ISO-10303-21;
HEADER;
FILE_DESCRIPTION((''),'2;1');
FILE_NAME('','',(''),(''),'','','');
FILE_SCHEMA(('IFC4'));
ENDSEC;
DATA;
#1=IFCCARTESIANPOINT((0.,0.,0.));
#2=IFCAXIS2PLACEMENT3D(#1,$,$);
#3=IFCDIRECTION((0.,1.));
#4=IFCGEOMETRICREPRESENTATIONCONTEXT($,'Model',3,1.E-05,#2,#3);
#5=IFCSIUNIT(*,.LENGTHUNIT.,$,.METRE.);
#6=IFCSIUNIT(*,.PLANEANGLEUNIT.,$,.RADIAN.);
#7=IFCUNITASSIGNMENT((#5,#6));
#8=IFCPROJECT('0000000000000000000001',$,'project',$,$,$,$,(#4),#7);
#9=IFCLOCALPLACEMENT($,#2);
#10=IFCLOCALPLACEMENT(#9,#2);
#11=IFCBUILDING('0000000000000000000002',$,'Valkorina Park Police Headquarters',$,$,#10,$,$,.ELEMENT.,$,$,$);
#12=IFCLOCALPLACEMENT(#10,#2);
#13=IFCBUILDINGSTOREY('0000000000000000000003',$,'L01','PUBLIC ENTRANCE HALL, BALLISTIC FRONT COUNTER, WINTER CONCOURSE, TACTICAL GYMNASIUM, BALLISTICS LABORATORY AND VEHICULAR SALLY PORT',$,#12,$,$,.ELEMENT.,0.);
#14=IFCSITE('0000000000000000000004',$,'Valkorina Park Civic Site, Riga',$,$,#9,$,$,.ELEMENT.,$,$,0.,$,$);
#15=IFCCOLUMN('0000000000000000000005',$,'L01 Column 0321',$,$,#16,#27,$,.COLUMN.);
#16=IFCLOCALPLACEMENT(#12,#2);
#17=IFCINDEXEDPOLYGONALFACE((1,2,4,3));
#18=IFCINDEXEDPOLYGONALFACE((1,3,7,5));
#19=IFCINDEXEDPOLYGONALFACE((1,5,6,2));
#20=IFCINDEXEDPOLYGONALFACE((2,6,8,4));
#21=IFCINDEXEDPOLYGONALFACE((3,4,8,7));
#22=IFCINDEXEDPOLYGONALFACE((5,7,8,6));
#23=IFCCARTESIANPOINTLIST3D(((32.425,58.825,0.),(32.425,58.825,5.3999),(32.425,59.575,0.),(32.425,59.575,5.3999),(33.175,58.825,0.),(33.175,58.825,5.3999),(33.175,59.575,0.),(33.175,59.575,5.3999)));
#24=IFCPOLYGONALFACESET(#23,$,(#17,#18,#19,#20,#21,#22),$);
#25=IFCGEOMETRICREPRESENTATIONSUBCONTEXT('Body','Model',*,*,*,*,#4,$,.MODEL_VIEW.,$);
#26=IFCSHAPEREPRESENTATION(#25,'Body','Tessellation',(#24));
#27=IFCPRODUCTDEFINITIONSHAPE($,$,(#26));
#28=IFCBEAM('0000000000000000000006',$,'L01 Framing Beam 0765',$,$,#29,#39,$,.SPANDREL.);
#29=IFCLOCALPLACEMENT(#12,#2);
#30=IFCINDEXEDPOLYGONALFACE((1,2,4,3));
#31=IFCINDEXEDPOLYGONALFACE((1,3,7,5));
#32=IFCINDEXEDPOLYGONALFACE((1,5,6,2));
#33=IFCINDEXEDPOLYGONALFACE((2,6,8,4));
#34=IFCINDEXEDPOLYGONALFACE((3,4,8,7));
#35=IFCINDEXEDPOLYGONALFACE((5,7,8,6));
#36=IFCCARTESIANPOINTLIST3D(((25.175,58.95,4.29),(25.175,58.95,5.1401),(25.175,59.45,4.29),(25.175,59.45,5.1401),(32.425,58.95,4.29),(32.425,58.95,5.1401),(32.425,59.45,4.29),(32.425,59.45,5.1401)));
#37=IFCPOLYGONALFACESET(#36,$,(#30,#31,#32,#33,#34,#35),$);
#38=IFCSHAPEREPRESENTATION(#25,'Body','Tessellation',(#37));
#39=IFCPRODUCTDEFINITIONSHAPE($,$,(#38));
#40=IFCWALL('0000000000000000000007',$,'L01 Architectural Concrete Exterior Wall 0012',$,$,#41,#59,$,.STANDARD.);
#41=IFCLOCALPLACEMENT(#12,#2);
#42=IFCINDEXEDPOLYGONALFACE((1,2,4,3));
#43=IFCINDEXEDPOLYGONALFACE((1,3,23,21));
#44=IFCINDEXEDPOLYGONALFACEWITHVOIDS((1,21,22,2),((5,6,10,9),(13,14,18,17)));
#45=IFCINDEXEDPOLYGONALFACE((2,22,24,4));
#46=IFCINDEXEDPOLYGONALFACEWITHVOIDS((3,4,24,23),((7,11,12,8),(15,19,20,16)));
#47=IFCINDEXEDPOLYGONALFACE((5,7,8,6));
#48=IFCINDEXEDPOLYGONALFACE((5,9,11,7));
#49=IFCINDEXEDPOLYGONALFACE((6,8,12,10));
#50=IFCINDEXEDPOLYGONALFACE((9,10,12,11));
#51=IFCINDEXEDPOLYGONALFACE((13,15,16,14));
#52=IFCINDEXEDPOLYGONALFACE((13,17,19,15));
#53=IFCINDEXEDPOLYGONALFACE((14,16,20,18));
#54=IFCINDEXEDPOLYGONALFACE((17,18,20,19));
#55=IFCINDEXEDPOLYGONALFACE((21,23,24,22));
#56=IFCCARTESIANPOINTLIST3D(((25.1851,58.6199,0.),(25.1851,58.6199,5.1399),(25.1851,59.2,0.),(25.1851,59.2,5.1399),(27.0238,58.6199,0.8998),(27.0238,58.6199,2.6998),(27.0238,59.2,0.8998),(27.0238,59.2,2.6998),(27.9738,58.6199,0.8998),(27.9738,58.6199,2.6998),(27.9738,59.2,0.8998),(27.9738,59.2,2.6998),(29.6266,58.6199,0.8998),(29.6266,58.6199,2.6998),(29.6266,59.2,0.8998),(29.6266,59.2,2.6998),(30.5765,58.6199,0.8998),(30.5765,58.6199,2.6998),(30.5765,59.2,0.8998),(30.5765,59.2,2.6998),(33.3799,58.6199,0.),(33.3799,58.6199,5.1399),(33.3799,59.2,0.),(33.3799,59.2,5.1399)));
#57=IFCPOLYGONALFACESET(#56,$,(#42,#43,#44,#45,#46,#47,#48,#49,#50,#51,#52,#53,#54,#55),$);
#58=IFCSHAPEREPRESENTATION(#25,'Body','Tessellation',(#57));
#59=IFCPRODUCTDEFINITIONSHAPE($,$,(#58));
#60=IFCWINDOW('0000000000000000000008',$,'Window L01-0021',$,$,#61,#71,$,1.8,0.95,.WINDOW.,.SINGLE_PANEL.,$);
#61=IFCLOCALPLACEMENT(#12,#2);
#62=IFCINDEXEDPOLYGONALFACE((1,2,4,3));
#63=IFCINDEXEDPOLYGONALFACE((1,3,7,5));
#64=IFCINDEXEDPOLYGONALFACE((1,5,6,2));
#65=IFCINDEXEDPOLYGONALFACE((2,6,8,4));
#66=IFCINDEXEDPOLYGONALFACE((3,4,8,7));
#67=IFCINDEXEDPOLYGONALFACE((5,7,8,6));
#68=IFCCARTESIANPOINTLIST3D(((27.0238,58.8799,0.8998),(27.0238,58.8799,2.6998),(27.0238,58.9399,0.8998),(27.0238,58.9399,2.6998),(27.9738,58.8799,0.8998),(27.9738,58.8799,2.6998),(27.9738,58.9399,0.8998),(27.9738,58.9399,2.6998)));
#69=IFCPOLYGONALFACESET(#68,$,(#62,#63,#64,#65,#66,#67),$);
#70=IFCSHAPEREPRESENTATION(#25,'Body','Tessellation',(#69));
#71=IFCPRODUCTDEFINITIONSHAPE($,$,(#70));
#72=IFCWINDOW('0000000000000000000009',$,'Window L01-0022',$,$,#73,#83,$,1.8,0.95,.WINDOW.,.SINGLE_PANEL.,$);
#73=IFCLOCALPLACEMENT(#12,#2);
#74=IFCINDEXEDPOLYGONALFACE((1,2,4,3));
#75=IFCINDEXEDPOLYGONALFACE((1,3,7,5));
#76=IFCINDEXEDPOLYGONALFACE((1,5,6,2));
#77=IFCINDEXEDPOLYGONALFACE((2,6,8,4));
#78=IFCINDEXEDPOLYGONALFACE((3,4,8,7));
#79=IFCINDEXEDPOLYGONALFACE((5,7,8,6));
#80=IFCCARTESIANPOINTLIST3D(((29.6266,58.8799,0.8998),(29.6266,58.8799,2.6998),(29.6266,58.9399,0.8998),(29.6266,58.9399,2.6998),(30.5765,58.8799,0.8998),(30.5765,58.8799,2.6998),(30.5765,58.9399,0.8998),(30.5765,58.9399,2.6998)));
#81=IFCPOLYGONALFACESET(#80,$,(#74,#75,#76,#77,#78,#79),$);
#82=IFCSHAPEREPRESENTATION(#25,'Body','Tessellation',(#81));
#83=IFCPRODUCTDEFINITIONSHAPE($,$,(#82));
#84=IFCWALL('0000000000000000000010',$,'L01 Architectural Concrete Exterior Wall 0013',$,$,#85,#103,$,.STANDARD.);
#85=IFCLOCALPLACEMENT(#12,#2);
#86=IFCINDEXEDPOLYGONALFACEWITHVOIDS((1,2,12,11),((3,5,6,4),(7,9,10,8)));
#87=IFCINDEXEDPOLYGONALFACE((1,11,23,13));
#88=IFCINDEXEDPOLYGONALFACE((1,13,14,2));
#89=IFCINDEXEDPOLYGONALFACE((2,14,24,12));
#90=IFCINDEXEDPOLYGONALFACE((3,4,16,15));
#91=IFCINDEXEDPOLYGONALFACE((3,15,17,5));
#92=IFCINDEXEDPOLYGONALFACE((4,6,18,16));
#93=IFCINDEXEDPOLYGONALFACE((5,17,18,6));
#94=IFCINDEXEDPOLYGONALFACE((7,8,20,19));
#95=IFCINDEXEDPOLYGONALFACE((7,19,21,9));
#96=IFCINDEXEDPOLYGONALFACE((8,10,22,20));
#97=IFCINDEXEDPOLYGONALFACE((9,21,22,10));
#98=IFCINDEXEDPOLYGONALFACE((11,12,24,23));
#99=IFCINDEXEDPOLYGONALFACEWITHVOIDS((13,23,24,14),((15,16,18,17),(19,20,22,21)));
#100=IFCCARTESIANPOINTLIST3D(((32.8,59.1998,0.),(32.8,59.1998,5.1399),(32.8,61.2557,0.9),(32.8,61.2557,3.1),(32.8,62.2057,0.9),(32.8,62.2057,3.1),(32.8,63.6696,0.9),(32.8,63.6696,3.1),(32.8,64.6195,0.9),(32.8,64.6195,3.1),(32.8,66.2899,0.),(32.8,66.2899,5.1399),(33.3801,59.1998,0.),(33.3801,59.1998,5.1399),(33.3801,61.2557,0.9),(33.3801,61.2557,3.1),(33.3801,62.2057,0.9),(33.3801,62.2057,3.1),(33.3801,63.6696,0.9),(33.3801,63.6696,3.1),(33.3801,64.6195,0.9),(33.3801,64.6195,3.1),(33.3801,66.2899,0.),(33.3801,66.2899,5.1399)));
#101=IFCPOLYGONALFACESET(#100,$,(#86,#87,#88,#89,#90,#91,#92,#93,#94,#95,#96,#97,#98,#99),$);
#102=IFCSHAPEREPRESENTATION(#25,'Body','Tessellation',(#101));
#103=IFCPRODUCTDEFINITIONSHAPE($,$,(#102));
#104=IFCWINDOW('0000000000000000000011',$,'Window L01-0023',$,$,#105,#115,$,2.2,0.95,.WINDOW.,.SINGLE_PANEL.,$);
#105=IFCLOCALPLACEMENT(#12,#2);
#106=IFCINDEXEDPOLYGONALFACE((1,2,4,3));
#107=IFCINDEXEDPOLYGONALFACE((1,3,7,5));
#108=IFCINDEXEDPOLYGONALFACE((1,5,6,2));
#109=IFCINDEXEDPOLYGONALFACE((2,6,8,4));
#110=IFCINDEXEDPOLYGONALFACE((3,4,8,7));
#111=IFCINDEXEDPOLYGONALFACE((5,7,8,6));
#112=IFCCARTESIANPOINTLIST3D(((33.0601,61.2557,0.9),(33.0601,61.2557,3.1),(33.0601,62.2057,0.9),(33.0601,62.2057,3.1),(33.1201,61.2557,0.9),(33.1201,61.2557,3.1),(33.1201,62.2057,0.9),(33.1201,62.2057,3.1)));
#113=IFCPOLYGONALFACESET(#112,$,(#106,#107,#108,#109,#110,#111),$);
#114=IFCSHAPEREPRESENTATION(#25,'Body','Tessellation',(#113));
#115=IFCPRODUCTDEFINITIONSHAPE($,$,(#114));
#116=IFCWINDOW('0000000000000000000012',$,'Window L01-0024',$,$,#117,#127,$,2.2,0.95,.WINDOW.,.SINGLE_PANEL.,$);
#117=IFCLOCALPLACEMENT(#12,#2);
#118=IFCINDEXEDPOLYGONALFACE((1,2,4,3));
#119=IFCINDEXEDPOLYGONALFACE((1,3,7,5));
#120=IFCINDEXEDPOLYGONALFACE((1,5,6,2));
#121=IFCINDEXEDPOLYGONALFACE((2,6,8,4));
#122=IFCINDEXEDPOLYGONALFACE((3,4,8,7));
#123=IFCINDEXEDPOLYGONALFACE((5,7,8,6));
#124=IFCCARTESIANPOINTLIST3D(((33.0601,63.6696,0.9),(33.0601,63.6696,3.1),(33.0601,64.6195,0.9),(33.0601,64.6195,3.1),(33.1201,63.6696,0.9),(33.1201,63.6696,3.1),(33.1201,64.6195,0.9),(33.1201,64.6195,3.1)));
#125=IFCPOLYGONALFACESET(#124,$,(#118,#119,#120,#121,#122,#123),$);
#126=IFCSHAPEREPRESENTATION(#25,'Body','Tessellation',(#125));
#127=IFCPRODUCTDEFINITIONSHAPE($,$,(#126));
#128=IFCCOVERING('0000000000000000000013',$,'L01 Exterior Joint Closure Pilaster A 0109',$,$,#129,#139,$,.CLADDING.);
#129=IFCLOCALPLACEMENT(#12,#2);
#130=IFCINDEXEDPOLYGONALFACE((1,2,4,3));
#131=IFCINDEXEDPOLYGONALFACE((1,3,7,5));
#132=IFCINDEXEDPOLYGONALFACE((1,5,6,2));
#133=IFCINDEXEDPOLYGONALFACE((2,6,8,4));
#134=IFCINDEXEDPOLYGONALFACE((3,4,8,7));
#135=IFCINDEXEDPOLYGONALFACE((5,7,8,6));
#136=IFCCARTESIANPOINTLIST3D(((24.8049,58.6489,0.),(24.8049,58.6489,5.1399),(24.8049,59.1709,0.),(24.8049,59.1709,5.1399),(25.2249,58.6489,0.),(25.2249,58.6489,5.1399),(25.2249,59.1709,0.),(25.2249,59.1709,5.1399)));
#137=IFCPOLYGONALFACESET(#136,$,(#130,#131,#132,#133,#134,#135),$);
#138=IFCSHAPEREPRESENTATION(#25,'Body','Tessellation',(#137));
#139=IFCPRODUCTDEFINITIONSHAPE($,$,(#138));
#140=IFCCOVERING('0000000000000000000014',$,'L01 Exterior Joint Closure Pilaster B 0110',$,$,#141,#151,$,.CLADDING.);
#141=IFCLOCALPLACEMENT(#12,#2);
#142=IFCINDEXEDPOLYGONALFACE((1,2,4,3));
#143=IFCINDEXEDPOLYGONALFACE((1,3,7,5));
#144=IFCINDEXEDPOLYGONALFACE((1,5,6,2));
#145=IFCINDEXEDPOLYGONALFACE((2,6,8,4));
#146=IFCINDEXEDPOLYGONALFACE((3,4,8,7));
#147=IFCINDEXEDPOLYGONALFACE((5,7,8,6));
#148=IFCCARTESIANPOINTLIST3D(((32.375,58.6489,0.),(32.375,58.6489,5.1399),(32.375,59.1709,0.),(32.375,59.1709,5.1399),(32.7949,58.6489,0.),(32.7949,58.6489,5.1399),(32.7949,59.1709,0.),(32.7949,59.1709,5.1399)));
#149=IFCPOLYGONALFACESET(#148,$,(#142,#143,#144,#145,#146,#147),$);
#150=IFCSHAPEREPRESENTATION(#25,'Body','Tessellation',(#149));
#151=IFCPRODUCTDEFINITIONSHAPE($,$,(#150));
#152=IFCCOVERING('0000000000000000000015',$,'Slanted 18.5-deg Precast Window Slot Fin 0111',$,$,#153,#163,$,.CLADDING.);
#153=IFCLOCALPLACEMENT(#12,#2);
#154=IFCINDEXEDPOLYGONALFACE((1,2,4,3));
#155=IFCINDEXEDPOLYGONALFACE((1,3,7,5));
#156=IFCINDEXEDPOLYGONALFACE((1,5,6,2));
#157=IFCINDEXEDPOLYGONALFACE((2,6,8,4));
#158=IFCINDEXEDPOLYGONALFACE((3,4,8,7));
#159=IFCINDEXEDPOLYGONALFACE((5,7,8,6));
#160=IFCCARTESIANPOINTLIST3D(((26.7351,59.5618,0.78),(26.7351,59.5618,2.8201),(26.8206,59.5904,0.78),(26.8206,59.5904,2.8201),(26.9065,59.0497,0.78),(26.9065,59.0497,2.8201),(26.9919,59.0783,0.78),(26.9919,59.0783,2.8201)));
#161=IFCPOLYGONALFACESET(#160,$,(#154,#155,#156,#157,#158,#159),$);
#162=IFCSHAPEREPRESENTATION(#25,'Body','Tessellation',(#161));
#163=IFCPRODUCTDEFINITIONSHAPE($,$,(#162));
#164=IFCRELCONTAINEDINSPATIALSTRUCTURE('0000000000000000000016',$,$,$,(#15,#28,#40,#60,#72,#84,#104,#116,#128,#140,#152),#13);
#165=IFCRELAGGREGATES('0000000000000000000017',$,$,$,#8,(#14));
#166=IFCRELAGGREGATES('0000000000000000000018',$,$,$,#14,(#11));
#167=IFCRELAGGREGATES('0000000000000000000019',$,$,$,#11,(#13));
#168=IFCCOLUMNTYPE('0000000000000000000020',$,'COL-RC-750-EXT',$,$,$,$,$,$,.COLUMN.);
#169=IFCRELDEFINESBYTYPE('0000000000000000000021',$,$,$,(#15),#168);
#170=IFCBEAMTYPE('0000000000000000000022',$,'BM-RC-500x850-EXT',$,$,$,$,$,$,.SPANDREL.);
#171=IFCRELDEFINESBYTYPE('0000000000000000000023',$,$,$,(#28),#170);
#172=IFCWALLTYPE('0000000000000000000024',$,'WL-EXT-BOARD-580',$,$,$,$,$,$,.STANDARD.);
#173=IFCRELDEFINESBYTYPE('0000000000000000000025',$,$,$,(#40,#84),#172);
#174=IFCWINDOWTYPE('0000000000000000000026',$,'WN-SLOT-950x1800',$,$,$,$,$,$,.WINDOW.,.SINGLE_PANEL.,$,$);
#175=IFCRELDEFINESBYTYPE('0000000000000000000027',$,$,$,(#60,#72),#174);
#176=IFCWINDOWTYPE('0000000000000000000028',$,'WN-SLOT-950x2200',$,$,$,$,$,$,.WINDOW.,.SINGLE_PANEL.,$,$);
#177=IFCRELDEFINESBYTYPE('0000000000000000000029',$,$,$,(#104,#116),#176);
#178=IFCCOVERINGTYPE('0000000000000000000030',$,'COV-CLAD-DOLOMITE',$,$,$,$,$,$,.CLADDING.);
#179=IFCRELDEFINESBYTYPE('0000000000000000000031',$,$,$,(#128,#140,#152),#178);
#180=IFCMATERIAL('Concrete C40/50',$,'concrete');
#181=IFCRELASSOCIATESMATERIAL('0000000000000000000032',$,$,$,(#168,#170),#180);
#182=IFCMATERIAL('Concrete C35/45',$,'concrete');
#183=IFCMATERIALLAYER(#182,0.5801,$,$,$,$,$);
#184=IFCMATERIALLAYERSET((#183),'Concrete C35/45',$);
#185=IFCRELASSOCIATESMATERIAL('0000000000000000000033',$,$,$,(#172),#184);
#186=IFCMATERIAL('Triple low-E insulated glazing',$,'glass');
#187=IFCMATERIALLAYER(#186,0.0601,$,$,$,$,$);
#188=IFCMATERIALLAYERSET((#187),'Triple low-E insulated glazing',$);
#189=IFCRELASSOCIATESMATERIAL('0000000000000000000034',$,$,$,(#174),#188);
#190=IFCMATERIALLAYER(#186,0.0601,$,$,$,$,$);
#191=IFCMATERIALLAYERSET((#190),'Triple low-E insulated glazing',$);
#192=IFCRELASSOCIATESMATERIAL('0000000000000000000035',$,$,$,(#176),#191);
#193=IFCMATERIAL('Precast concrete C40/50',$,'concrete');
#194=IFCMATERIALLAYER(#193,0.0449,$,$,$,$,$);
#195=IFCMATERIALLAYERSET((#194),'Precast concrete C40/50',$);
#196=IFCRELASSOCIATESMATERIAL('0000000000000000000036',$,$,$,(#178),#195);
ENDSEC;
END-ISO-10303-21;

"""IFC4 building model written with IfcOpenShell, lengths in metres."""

from ifc_helpers import new_model, si_unit, direction, frame, frame_2d, origin, origin_2d, place, context, subcontext, project, spatial, rectangle, extrude, material, layer, layer_set, material_profile, profile_set, type_object, element, fill, save


model = new_model("IFC4")

# Units and contexts
model_context = context("Model", 3, precision=1e-05, world=origin(), true_north=direction((0.0, 1.0)))
body_context = subcontext(model_context, "Body", "Model", "MODEL_VIEW")
ifc_project = project(units=[si_unit("LENGTHUNIT", "METRE"), si_unit("PLANEANGLEUNIT", "RADIAN")], contexts=[model_context])

# Site, building, storey
site_placement = place(None, origin())
site = spatial("IfcSite", under=ifc_project, at=site_placement, Name="Valkorina Park Civic Site, Riga", CompositionType="ELEMENT", RefElevation=0.0)
building_placement = place(site_placement, origin())
building = spatial("IfcBuilding", under=site, at=building_placement, Name="Valkorina Park Police Headquarters", CompositionType="ELEMENT")
storey_placement = place(building_placement, origin())
storey = spatial("IfcBuildingStorey", under=building, at=storey_placement, Name="L01", Description="PUBLIC ENTRANCE HALL, BALLISTIC FRONT COUNTER, WINTER CONCOURSE, TACTICAL GYMNASIUM, BALLISTICS LABORATORY AND VEHICULAR SALLY PORT", CompositionType="ELEMENT", Elevation=0.0)

# Column
ifc_material_1 = material(Name="Concrete C40/50", Category="concrete")
ifc_material_profile_1 = material_profile(ifc_material_1, rectangle(XDim=0.75, YDim=0.75, at=origin_2d()), Name="RC COL 750x750")
ifc_profile_set_1 = profile_set([ifc_material_profile_1], Name="Concrete C40/50")
column_type = type_object("IfcColumnType", Name="COL-RC-750-EXT", PredefinedType="COLUMN", material=ifc_profile_set_1)
column_placement = place(storey_placement, frame((32.8, 59.2, 0.0), z_axis=(0.0, 0.0, 1.0), x_axis=(1.0, 0.0, 0.0)))
element("IfcColumn", 1, at=column_placement, inside=storey, type_object=column_type, Name="L01 Column 0321", PredefinedType="COLUMN", context=body_context, shape_type="SweptSolid", body=[
    extrude(rectangle(XDim=0.75, YDim=0.75, at=origin_2d()), origin(), (0.0, 0.0, 1.0), 5.3999),
])

# Beam
ifc_material_profile_2 = material_profile(ifc_material_1, rectangle(XDim=0.5, YDim=0.8501, at=origin_2d()), Name="RC BEAM 500x850")
ifc_profile_set_2 = profile_set([ifc_material_profile_2], Name="Concrete C40/50")
beam_type = type_object("IfcBeamType", Name="BM-RC-500x850-EXT", PredefinedType="SPANDREL", material=ifc_profile_set_2)
beam_placement = place(storey_placement, frame((25.175, 59.2, 4.7151), z_axis=(1.0, 0.0, 0.0), x_axis=(0.0, 1.0, 0.0)))
element("IfcBeam", 2, at=beam_placement, inside=storey, type_object=beam_type, Name="L01 Framing Beam 0765", PredefinedType="SPANDREL", context=body_context, shape_type="SweptSolid", body=[
    extrude(rectangle(XDim=0.5, YDim=0.8501, at=origin_2d()), origin(), (0.0, 0.0, 1.0), 7.25),
])

# Walls, openings, windows
ifc_material_2 = material(Name="Concrete C35/45", Category="concrete")
ifc_layer_1 = layer(ifc_material_2, 0.5801)
ifc_layer_set_1 = layer_set([ifc_layer_1], Name="Concrete C35/45")
wall_type = type_object("IfcWallType", Name="WL-EXT-BOARD-580", PredefinedType="STANDARD", material=ifc_layer_set_1)
wall_1_placement = place(storey_placement, frame((25.1851, 58.9099, 0.0), z_axis=(0.0, 0.0, 1.0), x_axis=(1.0, 0.0, 0.0)))
wall_1 = element("IfcWall", 3, at=wall_1_placement, inside=storey, type_object=wall_type, Name="L01 Architectural Concrete Exterior Wall 0012", PredefinedType="STANDARD", context=body_context, shape_type="SweptSolid", body=[
    extrude(rectangle(XDim=8.1948, YDim=0.5801, at=frame_2d((4.0974, 0.0))), origin(), (0.0, 0.0, 1.0), 5.1399),
])
opening_1_placement = place(wall_1_placement, frame((1.8386, 0.0, 0.8999)))
opening_1 = element("IfcOpeningElement", 4, at=opening_1_placement, cuts=wall_1, PredefinedType="OPENING", context=body_context, shape_type="SweptSolid", body=[
    extrude(rectangle(XDim=0.95, YDim=1.8, at=frame_2d((0.4751, 0.8999))), frame((0.0, 0.3, 0.0), z_axis=(0.0, -1.0, 0.0), x_axis=(1.0, 0.0, 0.0)), (0.0, 0.0, 1.0), 0.6001),
])
opening_2_placement = place(wall_1_placement, frame((4.4414, 0.0, 0.8999)))
opening_2 = element("IfcOpeningElement", 5, at=opening_2_placement, cuts=wall_1, PredefinedType="OPENING", context=body_context, shape_type="SweptSolid", body=[
    extrude(rectangle(XDim=0.95, YDim=1.8, at=frame_2d((0.4751, 0.8999))), frame((0.0, 0.3, 0.0), z_axis=(0.0, -1.0, 0.0), x_axis=(1.0, 0.0, 0.0)), (0.0, 0.0, 1.0), 0.6001),
])
ifc_material_3 = material(Name="Triple low-E insulated glazing", Category="glass")
ifc_layer_2 = layer(ifc_material_3, 0.0601)
ifc_layer_set_2 = layer_set([ifc_layer_2], Name="Triple low-E insulated glazing")
window_type_1 = type_object("IfcWindowType", Name="WN-SLOT-950x1800", PartitioningType="SINGLE_PANEL", PredefinedType="WINDOW", material=ifc_layer_set_2)
window_1_placement = place(opening_1_placement, origin())
window_1 = element("IfcWindow", 6, at=window_1_placement, inside=storey, type_object=window_type_1, Name="Window L01-0021", OverallHeight=1.8, OverallWidth=0.95, PartitioningType="SINGLE_PANEL", PredefinedType="WINDOW", context=body_context, shape_type="SweptSolid", body=[
    extrude(rectangle(XDim=0.95, YDim=1.8, at=frame_2d((0.4751, 0.8999))), frame((0.0, 0.03, 0.0), z_axis=(0.0, -1.0, 0.0), x_axis=(1.0, 0.0, 0.0)), (0.0, 0.0, 1.0), 0.0601),
])
fill(opening_1, window_1)
window_2_placement = place(opening_2_placement, origin())
window_2 = element("IfcWindow", 7, at=window_2_placement, inside=storey, type_object=window_type_1, Name="Window L01-0022", OverallHeight=1.8, OverallWidth=0.95, PartitioningType="SINGLE_PANEL", PredefinedType="WINDOW", context=body_context, shape_type="SweptSolid", body=[
    extrude(rectangle(XDim=0.95, YDim=1.8, at=frame_2d((0.4751, 0.8999))), frame((0.0, 0.03, 0.0), z_axis=(0.0, -1.0, 0.0), x_axis=(1.0, 0.0, 0.0)), (0.0, 0.0, 1.0), 0.0601),
])
fill(opening_2, window_2)
wall_2_placement = place(storey_placement, frame((33.0901, 59.2, 0.0), z_axis=(0.0, 0.0, 1.0), x_axis=(0.0, 1.0, 0.0)))
wall_2 = element("IfcWall", 8, at=wall_2_placement, inside=storey, type_object=wall_type, Name="L01 Architectural Concrete Exterior Wall 0013", PredefinedType="STANDARD", context=body_context, shape_type="SweptSolid", body=[
    extrude(rectangle(XDim=7.0901, YDim=0.5801, at=frame_2d((3.5449, 0.0))), origin(), (0.0, 0.0, 1.0), 5.1399),
])
opening_3_placement = place(wall_2_placement, frame((2.0557, 0.0, 0.8999)))
opening_3 = element("IfcOpeningElement", 9, at=opening_3_placement, cuts=wall_2, PredefinedType="OPENING", context=body_context, shape_type="SweptSolid", body=[
    extrude(rectangle(XDim=0.95, YDim=2.2, at=frame_2d((0.4751, 1.1001))), frame((0.0, 0.3, 0.0), z_axis=(0.0, -1.0, 0.0), x_axis=(1.0, 0.0, 0.0)), (0.0, 0.0, 1.0), 0.6001),
])
opening_4_placement = place(wall_2_placement, frame((4.4695, 0.0, 0.8999)))
opening_4 = element("IfcOpeningElement", 10, at=opening_4_placement, cuts=wall_2, PredefinedType="OPENING", context=body_context, shape_type="SweptSolid", body=[
    extrude(rectangle(XDim=0.95, YDim=2.2, at=frame_2d((0.4751, 1.1001))), frame((0.0, 0.3, 0.0), z_axis=(0.0, -1.0, 0.0), x_axis=(1.0, 0.0, 0.0)), (0.0, 0.0, 1.0), 0.6001),
])
ifc_layer_3 = layer(ifc_material_3, 0.0601)
ifc_layer_set_3 = layer_set([ifc_layer_3], Name="Triple low-E insulated glazing")
window_type_2 = type_object("IfcWindowType", Name="WN-SLOT-950x2200", PartitioningType="SINGLE_PANEL", PredefinedType="WINDOW", material=ifc_layer_set_3)
window_3_placement = place(opening_3_placement, origin())
window_3 = element("IfcWindow", 11, at=window_3_placement, inside=storey, type_object=window_type_2, Name="Window L01-0023", OverallHeight=2.2, OverallWidth=0.95, PartitioningType="SINGLE_PANEL", PredefinedType="WINDOW", context=body_context, shape_type="SweptSolid", body=[
    extrude(rectangle(XDim=0.95, YDim=2.2, at=frame_2d((0.4751, 1.1001))), frame((0.0, 0.03, 0.0), z_axis=(0.0, -1.0, 0.0), x_axis=(1.0, 0.0, 0.0)), (0.0, 0.0, 1.0), 0.0601),
])
fill(opening_3, window_3)
window_4_placement = place(opening_4_placement, origin())
window_4 = element("IfcWindow", 12, at=window_4_placement, inside=storey, type_object=window_type_2, Name="Window L01-0024", OverallHeight=2.2, OverallWidth=0.95, PartitioningType="SINGLE_PANEL", PredefinedType="WINDOW", context=body_context, shape_type="SweptSolid", body=[
    extrude(rectangle(XDim=0.95, YDim=2.2, at=frame_2d((0.4751, 1.1001))), frame((0.0, 0.03, 0.0), z_axis=(0.0, -1.0, 0.0), x_axis=(1.0, 0.0, 0.0)), (0.0, 0.0, 1.0), 0.0601),
])
fill(opening_4, window_4)

# Coverings
ifc_material_4 = material(Name="Precast concrete C40/50", Category="concrete")
ifc_layer_4 = layer(ifc_material_4, 0.0449)
ifc_layer_set_4 = layer_set([ifc_layer_4], Name="Precast concrete C40/50")
covering_type = type_object("IfcCoveringType", Name="COV-CLAD-DOLOMITE", PredefinedType="CLADDING", material=ifc_layer_set_4)
for number, where, z_axis, x_axis, name in (
    (13, (25.0149, 58.9099, 0.0), (0.0, 0.0, 1.0), (1.0, 0.0, 0.0), "L01 Exterior Joint Closure Pilaster A 0109"),
    (14, (32.585, 58.9099, 0.0), (0.0, 0.0, 1.0), (1.0, 0.0, 0.0), "L01 Exterior Joint Closure Pilaster B 0110"),
):
    element("IfcCovering", number, at=place(storey_placement, frame(where, z_axis=z_axis, x_axis=x_axis)), inside=storey, type_object=covering_type, Name=name, PredefinedType="CLADDING", context=body_context, shape_type="SweptSolid", body=[
        extrude(rectangle(XDim=0.4199, YDim=0.522, at=origin_2d()), origin(), (0.0, 0.0, 1.0), 5.1399),
    ])
for number, where, z_axis, x_axis, name in (
    (15, (26.8635, 59.3201, 0.78), (0.0, 0.0, 1.0), (-0.317305, 0.948324, 0.0), "Slanted 18.5-deg Precast Window Slot Fin 0111"),
):
    element("IfcCovering", number, at=place(storey_placement, frame(where, z_axis=z_axis, x_axis=x_axis)), inside=storey, type_object=covering_type, Name=name, PredefinedType="CLADDING", context=body_context, shape_type="SweptSolid", body=[
        extrude(rectangle(XDim=0.54, YDim=0.0901, at=origin_2d()), origin(), (0.0, 0.0, 1.0), 2.04),
    ])

save(model, "model.ifc")
